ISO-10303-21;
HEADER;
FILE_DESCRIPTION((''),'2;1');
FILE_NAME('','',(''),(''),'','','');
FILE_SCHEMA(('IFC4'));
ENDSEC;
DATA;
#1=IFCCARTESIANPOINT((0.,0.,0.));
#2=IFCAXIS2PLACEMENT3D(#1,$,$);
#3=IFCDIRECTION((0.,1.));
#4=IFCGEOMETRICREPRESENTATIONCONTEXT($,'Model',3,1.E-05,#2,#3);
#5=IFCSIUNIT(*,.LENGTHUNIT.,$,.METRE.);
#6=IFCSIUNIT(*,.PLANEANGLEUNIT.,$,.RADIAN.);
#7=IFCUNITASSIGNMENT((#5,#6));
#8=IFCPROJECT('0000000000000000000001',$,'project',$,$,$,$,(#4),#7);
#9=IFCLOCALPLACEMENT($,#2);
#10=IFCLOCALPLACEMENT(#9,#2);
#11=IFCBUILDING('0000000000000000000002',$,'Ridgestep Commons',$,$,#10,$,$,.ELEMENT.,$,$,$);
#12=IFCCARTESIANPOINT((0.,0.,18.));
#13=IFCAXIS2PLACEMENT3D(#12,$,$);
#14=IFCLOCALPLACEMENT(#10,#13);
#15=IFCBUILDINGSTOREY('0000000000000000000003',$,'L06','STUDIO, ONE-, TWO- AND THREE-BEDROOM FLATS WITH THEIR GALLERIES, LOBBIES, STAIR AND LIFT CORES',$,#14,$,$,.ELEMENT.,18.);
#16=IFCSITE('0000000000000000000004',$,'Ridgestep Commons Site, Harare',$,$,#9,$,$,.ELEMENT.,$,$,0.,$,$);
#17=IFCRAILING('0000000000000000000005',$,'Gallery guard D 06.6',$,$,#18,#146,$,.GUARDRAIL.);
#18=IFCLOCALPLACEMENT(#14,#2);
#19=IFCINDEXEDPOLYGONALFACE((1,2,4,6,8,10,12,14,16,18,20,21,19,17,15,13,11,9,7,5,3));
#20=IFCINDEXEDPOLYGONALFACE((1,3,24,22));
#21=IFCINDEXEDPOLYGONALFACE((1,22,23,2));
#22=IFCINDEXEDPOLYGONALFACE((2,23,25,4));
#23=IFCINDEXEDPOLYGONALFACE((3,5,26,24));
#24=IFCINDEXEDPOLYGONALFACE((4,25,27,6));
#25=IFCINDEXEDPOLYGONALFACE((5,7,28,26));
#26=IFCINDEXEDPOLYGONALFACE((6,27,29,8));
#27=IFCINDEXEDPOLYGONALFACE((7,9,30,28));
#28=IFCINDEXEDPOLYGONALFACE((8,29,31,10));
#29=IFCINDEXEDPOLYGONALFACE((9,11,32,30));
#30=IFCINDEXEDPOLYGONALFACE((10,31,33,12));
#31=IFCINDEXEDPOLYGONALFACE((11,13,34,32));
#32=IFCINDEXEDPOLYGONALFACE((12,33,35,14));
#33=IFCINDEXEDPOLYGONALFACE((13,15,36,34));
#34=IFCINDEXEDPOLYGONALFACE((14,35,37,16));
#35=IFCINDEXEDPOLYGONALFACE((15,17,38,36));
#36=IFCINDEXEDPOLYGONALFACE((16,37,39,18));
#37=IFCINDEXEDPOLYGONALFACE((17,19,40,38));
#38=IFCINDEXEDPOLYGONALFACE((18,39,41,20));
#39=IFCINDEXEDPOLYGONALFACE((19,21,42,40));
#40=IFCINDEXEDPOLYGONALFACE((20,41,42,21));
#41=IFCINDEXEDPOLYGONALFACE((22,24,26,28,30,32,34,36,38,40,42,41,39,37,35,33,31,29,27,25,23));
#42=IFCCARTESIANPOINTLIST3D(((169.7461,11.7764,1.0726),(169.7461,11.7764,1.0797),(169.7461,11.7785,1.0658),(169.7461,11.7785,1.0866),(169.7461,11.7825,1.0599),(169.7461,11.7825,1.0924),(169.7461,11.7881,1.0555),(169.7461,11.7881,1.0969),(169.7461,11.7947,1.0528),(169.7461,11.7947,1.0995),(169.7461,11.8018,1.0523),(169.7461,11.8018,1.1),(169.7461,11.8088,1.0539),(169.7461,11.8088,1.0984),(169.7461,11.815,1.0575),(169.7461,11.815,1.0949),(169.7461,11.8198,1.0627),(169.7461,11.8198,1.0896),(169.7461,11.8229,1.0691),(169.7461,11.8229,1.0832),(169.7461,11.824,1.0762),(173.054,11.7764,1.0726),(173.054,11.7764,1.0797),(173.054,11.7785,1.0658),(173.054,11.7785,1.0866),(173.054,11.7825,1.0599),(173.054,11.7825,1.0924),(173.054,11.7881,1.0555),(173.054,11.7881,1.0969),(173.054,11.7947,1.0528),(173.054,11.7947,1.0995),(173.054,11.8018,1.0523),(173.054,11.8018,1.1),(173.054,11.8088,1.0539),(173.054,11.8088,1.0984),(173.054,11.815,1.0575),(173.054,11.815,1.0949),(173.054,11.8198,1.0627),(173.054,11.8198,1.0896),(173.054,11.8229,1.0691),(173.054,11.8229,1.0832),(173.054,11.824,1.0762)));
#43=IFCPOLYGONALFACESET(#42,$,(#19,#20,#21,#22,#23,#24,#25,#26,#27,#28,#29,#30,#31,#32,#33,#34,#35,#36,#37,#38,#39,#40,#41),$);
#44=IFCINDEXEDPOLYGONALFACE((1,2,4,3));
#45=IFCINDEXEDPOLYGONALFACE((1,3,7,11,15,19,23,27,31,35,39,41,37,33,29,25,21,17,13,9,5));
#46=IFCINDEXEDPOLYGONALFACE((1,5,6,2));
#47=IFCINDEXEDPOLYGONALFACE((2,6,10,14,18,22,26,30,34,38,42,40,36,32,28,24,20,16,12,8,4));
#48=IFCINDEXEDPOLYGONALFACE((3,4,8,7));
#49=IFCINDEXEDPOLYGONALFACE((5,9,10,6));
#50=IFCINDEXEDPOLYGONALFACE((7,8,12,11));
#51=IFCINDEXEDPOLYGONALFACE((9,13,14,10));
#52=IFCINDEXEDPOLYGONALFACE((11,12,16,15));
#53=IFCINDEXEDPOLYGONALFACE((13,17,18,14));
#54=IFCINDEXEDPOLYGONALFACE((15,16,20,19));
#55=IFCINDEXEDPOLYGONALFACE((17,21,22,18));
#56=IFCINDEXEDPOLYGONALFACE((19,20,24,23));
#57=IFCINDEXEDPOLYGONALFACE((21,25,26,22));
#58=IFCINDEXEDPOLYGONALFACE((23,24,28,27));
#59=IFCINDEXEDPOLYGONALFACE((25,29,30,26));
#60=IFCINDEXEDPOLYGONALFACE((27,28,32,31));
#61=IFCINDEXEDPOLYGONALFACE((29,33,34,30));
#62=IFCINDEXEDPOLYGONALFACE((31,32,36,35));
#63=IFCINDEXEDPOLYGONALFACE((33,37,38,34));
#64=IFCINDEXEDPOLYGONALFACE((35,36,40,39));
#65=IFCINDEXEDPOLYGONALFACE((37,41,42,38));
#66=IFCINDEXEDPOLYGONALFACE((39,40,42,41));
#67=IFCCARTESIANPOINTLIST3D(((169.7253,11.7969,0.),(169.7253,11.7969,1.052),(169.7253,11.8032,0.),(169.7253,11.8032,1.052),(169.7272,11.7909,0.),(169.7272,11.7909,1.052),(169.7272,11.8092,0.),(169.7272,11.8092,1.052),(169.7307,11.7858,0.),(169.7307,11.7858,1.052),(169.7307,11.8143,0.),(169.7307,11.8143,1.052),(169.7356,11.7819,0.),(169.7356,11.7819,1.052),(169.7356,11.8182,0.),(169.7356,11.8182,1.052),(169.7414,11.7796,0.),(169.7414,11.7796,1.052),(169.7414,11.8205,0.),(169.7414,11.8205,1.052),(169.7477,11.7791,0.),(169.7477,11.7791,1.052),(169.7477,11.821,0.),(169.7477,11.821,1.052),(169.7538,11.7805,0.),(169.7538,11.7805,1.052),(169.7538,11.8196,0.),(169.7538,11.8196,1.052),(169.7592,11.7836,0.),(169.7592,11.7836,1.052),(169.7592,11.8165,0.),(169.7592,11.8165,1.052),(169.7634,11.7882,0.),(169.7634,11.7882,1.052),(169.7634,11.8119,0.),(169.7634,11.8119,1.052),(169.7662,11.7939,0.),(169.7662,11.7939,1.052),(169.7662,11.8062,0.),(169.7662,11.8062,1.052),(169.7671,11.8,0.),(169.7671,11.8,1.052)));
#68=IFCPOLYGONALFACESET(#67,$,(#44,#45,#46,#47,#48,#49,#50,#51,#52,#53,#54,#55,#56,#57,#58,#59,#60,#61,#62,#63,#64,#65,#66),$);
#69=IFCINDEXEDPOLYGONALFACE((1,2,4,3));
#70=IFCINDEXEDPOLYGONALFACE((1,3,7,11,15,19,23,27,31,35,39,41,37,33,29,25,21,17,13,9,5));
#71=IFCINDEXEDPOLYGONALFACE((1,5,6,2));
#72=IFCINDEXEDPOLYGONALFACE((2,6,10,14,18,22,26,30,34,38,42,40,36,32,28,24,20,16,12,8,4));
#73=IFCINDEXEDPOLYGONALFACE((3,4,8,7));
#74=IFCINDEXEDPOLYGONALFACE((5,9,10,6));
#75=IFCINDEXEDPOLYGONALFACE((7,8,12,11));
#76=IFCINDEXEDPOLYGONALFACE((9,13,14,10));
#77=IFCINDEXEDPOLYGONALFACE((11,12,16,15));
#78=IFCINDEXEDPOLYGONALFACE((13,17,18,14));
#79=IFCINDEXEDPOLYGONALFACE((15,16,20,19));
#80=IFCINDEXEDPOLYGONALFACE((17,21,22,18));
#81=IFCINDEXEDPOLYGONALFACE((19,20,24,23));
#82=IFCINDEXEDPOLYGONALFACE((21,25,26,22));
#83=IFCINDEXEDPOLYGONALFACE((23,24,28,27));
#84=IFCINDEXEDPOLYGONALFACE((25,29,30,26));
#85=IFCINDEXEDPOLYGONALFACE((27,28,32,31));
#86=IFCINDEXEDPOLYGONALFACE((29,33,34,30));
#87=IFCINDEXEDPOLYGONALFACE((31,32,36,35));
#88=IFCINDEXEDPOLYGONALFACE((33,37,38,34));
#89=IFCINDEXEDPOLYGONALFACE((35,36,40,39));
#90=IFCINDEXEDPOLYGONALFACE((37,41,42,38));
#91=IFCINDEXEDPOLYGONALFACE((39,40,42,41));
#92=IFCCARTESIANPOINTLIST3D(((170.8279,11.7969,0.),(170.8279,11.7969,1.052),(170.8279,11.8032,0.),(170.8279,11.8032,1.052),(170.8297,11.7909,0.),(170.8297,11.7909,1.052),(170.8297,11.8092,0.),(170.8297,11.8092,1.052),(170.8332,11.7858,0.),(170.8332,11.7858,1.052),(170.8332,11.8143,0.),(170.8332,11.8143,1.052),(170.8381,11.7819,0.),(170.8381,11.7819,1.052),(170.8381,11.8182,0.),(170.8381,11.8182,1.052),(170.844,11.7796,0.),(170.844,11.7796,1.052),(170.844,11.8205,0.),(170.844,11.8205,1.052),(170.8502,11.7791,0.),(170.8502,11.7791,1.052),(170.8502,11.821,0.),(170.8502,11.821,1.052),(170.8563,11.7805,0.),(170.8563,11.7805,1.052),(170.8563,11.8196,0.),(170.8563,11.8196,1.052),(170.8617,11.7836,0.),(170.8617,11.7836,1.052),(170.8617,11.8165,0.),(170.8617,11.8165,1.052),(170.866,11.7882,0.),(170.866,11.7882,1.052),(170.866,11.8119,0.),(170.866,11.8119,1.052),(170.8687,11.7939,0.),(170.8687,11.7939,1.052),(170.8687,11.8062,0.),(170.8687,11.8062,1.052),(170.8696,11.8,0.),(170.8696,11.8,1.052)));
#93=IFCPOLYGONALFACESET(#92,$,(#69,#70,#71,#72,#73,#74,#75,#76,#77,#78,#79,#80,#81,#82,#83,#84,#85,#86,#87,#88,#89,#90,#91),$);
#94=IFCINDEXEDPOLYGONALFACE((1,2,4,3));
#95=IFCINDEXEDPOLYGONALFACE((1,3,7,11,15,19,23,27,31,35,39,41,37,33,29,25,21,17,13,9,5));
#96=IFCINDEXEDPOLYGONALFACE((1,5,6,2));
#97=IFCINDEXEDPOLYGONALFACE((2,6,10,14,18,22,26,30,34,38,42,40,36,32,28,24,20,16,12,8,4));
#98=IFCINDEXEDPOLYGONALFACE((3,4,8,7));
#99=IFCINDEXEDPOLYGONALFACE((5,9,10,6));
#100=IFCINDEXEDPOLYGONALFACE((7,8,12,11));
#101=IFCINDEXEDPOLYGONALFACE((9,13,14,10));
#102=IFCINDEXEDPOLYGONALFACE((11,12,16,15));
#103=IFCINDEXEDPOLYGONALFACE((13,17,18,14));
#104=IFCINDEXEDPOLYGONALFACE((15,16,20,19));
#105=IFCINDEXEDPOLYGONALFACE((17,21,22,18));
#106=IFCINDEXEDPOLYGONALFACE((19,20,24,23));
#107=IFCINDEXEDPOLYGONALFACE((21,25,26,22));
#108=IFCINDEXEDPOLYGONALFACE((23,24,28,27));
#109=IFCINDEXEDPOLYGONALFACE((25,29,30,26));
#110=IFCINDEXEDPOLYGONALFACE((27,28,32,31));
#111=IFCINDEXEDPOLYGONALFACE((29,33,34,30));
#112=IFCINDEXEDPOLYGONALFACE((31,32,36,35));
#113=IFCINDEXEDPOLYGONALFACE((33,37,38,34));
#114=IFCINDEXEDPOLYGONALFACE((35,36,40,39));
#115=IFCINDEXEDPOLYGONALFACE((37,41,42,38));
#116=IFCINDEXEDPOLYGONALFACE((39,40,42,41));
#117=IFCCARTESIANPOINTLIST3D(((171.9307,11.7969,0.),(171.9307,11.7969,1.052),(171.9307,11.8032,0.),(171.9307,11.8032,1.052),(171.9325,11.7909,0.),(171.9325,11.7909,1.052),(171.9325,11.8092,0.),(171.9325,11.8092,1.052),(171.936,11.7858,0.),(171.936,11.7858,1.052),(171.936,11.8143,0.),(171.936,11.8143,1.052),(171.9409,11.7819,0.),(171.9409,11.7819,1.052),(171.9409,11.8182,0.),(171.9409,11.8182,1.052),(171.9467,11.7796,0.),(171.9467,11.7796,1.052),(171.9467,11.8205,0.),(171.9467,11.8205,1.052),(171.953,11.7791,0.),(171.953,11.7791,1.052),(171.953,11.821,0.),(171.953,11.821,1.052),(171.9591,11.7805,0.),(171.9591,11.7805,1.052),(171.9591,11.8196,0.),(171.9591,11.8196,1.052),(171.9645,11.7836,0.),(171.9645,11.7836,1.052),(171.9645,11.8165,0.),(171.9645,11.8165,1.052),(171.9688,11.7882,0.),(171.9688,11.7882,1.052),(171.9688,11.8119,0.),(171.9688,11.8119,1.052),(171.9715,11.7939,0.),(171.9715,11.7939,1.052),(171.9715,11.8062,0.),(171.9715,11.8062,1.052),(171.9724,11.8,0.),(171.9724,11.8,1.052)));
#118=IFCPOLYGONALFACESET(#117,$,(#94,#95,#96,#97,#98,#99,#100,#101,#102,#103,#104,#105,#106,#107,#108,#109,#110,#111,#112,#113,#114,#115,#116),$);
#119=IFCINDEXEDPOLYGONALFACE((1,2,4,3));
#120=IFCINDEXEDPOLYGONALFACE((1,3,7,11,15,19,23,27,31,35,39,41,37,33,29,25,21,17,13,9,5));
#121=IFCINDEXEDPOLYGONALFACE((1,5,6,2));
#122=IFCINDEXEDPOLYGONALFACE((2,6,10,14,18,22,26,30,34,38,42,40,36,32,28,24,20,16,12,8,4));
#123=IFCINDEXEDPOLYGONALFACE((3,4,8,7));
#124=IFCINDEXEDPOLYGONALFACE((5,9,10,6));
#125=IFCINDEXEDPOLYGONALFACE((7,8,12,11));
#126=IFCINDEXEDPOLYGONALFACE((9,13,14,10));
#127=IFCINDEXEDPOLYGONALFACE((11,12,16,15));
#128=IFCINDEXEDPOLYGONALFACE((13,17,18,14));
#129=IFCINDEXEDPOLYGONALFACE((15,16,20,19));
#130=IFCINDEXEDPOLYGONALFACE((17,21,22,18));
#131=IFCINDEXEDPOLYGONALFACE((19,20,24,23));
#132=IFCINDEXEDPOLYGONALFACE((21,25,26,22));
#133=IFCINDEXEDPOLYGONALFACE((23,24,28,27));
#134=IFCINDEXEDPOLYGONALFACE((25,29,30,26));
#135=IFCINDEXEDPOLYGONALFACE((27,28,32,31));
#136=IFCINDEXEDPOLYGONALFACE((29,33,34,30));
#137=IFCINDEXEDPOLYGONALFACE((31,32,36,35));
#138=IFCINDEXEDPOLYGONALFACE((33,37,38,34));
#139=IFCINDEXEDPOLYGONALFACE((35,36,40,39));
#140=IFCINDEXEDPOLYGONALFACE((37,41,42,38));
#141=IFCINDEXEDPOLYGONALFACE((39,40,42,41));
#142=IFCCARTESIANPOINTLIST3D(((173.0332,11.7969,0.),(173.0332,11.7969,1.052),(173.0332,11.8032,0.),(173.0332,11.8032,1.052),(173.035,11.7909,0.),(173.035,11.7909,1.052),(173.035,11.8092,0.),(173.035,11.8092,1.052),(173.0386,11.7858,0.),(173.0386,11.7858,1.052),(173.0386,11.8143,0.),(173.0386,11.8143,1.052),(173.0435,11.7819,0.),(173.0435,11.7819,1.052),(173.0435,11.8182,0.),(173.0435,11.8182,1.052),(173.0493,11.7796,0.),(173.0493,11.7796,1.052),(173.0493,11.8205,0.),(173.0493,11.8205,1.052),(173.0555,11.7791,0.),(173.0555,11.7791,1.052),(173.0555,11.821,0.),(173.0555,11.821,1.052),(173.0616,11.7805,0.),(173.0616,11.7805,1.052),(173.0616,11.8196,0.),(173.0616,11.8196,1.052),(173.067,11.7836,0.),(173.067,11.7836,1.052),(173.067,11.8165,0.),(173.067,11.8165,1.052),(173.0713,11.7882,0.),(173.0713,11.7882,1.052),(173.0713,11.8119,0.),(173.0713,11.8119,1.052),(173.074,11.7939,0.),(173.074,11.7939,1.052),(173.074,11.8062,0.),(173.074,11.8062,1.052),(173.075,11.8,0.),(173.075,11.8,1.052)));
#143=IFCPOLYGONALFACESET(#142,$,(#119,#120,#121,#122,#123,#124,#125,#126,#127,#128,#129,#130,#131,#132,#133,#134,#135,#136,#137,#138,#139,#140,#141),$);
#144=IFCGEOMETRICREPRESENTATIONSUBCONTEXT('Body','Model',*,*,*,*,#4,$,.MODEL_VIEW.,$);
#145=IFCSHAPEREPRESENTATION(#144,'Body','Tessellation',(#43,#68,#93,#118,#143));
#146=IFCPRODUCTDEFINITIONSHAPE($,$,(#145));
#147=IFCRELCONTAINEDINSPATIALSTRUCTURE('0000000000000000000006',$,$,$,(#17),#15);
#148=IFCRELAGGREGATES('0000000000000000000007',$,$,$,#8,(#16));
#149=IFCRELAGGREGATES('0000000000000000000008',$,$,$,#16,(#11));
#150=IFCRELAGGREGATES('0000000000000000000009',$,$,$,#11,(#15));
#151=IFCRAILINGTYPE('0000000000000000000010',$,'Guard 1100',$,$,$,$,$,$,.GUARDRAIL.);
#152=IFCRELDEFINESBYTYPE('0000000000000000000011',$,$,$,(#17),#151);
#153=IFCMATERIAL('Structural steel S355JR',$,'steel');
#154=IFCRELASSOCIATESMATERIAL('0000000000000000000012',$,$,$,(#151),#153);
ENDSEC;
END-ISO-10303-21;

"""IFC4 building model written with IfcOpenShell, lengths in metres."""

from ifc_helpers import new_model, si_unit, direction, frame, origin, origin_2d, place, context, subcontext, project, spatial, circle, extrude, material, type_object, element, save


model = new_model("IFC4")

# Units and contexts
model_context = context("Model", 3, precision=1e-05, world=origin(), true_north=direction((0.0, 1.0)))
body_context = subcontext(model_context, "Body", "Model", "MODEL_VIEW")
ifc_project = project(units=[si_unit("LENGTHUNIT", "METRE"), si_unit("PLANEANGLEUNIT", "RADIAN")], contexts=[model_context])

# Site, building, storey
site_placement = place(None, origin())
site = spatial("IfcSite", under=ifc_project, at=site_placement, Name="Ridgestep Commons Site, Harare", CompositionType="ELEMENT", RefElevation=0.0)
building_placement = place(site_placement, origin())
building = spatial("IfcBuilding", under=site, at=building_placement, Name="Ridgestep Commons", CompositionType="ELEMENT")
storey_placement = place(building_placement, frame((0.0, 0.0, 18.0)))
storey = spatial("IfcBuildingStorey", under=building, at=storey_placement, Name="L06", Description="STUDIO, ONE-, TWO- AND THREE-BEDROOM FLATS WITH THEIR GALLERIES, LOBBIES, STAIR AND LIFT CORES", CompositionType="ELEMENT", Elevation=18.0)

# Railing
ifc_material_1 = material(Name="Structural steel S355JR", Category="steel")
railing_type = type_object("IfcRailingType", Name="Guard 1100", PredefinedType="GUARDRAIL", material=ifc_material_1)
railing_1_placement = place(storey_placement, frame((169.7461, 11.8, 0.0)))
element("IfcRailing", 1, at=railing_1_placement, inside=storey, type_object=railing_type, Name="Gallery guard D 06.6", PredefinedType="GUARDRAIL", context=body_context, shape_type="SweptSolid", body=[
    extrude(circle(Radius=0.0239, at=origin_2d()), frame((0.0, 0.0, 1.0762), z_axis=(1.0, 0.0, 0.0), x_axis=(0.0, 1.0, 0.0)), (0.0, 0.0, 1.0), 3.3079),
    extrude(circle(Radius=0.021, at=origin_2d()), origin(), (0.0, 0.0, 1.0), 1.052),
    extrude(circle(Radius=0.021, at=origin_2d()), frame((1.1025, 0.0, 0.0)), (0.0, 0.0, 1.0), 1.052),
    extrude(circle(Radius=0.021, at=origin_2d()), frame((2.2053, 0.0, 0.0)), (0.0, 0.0, 1.0), 1.052),
    extrude(circle(Radius=0.021, at=origin_2d()), frame((3.3079, 0.0, 0.0)), (0.0, 0.0, 1.0), 1.052),
])

save(model, "model.ifc")
